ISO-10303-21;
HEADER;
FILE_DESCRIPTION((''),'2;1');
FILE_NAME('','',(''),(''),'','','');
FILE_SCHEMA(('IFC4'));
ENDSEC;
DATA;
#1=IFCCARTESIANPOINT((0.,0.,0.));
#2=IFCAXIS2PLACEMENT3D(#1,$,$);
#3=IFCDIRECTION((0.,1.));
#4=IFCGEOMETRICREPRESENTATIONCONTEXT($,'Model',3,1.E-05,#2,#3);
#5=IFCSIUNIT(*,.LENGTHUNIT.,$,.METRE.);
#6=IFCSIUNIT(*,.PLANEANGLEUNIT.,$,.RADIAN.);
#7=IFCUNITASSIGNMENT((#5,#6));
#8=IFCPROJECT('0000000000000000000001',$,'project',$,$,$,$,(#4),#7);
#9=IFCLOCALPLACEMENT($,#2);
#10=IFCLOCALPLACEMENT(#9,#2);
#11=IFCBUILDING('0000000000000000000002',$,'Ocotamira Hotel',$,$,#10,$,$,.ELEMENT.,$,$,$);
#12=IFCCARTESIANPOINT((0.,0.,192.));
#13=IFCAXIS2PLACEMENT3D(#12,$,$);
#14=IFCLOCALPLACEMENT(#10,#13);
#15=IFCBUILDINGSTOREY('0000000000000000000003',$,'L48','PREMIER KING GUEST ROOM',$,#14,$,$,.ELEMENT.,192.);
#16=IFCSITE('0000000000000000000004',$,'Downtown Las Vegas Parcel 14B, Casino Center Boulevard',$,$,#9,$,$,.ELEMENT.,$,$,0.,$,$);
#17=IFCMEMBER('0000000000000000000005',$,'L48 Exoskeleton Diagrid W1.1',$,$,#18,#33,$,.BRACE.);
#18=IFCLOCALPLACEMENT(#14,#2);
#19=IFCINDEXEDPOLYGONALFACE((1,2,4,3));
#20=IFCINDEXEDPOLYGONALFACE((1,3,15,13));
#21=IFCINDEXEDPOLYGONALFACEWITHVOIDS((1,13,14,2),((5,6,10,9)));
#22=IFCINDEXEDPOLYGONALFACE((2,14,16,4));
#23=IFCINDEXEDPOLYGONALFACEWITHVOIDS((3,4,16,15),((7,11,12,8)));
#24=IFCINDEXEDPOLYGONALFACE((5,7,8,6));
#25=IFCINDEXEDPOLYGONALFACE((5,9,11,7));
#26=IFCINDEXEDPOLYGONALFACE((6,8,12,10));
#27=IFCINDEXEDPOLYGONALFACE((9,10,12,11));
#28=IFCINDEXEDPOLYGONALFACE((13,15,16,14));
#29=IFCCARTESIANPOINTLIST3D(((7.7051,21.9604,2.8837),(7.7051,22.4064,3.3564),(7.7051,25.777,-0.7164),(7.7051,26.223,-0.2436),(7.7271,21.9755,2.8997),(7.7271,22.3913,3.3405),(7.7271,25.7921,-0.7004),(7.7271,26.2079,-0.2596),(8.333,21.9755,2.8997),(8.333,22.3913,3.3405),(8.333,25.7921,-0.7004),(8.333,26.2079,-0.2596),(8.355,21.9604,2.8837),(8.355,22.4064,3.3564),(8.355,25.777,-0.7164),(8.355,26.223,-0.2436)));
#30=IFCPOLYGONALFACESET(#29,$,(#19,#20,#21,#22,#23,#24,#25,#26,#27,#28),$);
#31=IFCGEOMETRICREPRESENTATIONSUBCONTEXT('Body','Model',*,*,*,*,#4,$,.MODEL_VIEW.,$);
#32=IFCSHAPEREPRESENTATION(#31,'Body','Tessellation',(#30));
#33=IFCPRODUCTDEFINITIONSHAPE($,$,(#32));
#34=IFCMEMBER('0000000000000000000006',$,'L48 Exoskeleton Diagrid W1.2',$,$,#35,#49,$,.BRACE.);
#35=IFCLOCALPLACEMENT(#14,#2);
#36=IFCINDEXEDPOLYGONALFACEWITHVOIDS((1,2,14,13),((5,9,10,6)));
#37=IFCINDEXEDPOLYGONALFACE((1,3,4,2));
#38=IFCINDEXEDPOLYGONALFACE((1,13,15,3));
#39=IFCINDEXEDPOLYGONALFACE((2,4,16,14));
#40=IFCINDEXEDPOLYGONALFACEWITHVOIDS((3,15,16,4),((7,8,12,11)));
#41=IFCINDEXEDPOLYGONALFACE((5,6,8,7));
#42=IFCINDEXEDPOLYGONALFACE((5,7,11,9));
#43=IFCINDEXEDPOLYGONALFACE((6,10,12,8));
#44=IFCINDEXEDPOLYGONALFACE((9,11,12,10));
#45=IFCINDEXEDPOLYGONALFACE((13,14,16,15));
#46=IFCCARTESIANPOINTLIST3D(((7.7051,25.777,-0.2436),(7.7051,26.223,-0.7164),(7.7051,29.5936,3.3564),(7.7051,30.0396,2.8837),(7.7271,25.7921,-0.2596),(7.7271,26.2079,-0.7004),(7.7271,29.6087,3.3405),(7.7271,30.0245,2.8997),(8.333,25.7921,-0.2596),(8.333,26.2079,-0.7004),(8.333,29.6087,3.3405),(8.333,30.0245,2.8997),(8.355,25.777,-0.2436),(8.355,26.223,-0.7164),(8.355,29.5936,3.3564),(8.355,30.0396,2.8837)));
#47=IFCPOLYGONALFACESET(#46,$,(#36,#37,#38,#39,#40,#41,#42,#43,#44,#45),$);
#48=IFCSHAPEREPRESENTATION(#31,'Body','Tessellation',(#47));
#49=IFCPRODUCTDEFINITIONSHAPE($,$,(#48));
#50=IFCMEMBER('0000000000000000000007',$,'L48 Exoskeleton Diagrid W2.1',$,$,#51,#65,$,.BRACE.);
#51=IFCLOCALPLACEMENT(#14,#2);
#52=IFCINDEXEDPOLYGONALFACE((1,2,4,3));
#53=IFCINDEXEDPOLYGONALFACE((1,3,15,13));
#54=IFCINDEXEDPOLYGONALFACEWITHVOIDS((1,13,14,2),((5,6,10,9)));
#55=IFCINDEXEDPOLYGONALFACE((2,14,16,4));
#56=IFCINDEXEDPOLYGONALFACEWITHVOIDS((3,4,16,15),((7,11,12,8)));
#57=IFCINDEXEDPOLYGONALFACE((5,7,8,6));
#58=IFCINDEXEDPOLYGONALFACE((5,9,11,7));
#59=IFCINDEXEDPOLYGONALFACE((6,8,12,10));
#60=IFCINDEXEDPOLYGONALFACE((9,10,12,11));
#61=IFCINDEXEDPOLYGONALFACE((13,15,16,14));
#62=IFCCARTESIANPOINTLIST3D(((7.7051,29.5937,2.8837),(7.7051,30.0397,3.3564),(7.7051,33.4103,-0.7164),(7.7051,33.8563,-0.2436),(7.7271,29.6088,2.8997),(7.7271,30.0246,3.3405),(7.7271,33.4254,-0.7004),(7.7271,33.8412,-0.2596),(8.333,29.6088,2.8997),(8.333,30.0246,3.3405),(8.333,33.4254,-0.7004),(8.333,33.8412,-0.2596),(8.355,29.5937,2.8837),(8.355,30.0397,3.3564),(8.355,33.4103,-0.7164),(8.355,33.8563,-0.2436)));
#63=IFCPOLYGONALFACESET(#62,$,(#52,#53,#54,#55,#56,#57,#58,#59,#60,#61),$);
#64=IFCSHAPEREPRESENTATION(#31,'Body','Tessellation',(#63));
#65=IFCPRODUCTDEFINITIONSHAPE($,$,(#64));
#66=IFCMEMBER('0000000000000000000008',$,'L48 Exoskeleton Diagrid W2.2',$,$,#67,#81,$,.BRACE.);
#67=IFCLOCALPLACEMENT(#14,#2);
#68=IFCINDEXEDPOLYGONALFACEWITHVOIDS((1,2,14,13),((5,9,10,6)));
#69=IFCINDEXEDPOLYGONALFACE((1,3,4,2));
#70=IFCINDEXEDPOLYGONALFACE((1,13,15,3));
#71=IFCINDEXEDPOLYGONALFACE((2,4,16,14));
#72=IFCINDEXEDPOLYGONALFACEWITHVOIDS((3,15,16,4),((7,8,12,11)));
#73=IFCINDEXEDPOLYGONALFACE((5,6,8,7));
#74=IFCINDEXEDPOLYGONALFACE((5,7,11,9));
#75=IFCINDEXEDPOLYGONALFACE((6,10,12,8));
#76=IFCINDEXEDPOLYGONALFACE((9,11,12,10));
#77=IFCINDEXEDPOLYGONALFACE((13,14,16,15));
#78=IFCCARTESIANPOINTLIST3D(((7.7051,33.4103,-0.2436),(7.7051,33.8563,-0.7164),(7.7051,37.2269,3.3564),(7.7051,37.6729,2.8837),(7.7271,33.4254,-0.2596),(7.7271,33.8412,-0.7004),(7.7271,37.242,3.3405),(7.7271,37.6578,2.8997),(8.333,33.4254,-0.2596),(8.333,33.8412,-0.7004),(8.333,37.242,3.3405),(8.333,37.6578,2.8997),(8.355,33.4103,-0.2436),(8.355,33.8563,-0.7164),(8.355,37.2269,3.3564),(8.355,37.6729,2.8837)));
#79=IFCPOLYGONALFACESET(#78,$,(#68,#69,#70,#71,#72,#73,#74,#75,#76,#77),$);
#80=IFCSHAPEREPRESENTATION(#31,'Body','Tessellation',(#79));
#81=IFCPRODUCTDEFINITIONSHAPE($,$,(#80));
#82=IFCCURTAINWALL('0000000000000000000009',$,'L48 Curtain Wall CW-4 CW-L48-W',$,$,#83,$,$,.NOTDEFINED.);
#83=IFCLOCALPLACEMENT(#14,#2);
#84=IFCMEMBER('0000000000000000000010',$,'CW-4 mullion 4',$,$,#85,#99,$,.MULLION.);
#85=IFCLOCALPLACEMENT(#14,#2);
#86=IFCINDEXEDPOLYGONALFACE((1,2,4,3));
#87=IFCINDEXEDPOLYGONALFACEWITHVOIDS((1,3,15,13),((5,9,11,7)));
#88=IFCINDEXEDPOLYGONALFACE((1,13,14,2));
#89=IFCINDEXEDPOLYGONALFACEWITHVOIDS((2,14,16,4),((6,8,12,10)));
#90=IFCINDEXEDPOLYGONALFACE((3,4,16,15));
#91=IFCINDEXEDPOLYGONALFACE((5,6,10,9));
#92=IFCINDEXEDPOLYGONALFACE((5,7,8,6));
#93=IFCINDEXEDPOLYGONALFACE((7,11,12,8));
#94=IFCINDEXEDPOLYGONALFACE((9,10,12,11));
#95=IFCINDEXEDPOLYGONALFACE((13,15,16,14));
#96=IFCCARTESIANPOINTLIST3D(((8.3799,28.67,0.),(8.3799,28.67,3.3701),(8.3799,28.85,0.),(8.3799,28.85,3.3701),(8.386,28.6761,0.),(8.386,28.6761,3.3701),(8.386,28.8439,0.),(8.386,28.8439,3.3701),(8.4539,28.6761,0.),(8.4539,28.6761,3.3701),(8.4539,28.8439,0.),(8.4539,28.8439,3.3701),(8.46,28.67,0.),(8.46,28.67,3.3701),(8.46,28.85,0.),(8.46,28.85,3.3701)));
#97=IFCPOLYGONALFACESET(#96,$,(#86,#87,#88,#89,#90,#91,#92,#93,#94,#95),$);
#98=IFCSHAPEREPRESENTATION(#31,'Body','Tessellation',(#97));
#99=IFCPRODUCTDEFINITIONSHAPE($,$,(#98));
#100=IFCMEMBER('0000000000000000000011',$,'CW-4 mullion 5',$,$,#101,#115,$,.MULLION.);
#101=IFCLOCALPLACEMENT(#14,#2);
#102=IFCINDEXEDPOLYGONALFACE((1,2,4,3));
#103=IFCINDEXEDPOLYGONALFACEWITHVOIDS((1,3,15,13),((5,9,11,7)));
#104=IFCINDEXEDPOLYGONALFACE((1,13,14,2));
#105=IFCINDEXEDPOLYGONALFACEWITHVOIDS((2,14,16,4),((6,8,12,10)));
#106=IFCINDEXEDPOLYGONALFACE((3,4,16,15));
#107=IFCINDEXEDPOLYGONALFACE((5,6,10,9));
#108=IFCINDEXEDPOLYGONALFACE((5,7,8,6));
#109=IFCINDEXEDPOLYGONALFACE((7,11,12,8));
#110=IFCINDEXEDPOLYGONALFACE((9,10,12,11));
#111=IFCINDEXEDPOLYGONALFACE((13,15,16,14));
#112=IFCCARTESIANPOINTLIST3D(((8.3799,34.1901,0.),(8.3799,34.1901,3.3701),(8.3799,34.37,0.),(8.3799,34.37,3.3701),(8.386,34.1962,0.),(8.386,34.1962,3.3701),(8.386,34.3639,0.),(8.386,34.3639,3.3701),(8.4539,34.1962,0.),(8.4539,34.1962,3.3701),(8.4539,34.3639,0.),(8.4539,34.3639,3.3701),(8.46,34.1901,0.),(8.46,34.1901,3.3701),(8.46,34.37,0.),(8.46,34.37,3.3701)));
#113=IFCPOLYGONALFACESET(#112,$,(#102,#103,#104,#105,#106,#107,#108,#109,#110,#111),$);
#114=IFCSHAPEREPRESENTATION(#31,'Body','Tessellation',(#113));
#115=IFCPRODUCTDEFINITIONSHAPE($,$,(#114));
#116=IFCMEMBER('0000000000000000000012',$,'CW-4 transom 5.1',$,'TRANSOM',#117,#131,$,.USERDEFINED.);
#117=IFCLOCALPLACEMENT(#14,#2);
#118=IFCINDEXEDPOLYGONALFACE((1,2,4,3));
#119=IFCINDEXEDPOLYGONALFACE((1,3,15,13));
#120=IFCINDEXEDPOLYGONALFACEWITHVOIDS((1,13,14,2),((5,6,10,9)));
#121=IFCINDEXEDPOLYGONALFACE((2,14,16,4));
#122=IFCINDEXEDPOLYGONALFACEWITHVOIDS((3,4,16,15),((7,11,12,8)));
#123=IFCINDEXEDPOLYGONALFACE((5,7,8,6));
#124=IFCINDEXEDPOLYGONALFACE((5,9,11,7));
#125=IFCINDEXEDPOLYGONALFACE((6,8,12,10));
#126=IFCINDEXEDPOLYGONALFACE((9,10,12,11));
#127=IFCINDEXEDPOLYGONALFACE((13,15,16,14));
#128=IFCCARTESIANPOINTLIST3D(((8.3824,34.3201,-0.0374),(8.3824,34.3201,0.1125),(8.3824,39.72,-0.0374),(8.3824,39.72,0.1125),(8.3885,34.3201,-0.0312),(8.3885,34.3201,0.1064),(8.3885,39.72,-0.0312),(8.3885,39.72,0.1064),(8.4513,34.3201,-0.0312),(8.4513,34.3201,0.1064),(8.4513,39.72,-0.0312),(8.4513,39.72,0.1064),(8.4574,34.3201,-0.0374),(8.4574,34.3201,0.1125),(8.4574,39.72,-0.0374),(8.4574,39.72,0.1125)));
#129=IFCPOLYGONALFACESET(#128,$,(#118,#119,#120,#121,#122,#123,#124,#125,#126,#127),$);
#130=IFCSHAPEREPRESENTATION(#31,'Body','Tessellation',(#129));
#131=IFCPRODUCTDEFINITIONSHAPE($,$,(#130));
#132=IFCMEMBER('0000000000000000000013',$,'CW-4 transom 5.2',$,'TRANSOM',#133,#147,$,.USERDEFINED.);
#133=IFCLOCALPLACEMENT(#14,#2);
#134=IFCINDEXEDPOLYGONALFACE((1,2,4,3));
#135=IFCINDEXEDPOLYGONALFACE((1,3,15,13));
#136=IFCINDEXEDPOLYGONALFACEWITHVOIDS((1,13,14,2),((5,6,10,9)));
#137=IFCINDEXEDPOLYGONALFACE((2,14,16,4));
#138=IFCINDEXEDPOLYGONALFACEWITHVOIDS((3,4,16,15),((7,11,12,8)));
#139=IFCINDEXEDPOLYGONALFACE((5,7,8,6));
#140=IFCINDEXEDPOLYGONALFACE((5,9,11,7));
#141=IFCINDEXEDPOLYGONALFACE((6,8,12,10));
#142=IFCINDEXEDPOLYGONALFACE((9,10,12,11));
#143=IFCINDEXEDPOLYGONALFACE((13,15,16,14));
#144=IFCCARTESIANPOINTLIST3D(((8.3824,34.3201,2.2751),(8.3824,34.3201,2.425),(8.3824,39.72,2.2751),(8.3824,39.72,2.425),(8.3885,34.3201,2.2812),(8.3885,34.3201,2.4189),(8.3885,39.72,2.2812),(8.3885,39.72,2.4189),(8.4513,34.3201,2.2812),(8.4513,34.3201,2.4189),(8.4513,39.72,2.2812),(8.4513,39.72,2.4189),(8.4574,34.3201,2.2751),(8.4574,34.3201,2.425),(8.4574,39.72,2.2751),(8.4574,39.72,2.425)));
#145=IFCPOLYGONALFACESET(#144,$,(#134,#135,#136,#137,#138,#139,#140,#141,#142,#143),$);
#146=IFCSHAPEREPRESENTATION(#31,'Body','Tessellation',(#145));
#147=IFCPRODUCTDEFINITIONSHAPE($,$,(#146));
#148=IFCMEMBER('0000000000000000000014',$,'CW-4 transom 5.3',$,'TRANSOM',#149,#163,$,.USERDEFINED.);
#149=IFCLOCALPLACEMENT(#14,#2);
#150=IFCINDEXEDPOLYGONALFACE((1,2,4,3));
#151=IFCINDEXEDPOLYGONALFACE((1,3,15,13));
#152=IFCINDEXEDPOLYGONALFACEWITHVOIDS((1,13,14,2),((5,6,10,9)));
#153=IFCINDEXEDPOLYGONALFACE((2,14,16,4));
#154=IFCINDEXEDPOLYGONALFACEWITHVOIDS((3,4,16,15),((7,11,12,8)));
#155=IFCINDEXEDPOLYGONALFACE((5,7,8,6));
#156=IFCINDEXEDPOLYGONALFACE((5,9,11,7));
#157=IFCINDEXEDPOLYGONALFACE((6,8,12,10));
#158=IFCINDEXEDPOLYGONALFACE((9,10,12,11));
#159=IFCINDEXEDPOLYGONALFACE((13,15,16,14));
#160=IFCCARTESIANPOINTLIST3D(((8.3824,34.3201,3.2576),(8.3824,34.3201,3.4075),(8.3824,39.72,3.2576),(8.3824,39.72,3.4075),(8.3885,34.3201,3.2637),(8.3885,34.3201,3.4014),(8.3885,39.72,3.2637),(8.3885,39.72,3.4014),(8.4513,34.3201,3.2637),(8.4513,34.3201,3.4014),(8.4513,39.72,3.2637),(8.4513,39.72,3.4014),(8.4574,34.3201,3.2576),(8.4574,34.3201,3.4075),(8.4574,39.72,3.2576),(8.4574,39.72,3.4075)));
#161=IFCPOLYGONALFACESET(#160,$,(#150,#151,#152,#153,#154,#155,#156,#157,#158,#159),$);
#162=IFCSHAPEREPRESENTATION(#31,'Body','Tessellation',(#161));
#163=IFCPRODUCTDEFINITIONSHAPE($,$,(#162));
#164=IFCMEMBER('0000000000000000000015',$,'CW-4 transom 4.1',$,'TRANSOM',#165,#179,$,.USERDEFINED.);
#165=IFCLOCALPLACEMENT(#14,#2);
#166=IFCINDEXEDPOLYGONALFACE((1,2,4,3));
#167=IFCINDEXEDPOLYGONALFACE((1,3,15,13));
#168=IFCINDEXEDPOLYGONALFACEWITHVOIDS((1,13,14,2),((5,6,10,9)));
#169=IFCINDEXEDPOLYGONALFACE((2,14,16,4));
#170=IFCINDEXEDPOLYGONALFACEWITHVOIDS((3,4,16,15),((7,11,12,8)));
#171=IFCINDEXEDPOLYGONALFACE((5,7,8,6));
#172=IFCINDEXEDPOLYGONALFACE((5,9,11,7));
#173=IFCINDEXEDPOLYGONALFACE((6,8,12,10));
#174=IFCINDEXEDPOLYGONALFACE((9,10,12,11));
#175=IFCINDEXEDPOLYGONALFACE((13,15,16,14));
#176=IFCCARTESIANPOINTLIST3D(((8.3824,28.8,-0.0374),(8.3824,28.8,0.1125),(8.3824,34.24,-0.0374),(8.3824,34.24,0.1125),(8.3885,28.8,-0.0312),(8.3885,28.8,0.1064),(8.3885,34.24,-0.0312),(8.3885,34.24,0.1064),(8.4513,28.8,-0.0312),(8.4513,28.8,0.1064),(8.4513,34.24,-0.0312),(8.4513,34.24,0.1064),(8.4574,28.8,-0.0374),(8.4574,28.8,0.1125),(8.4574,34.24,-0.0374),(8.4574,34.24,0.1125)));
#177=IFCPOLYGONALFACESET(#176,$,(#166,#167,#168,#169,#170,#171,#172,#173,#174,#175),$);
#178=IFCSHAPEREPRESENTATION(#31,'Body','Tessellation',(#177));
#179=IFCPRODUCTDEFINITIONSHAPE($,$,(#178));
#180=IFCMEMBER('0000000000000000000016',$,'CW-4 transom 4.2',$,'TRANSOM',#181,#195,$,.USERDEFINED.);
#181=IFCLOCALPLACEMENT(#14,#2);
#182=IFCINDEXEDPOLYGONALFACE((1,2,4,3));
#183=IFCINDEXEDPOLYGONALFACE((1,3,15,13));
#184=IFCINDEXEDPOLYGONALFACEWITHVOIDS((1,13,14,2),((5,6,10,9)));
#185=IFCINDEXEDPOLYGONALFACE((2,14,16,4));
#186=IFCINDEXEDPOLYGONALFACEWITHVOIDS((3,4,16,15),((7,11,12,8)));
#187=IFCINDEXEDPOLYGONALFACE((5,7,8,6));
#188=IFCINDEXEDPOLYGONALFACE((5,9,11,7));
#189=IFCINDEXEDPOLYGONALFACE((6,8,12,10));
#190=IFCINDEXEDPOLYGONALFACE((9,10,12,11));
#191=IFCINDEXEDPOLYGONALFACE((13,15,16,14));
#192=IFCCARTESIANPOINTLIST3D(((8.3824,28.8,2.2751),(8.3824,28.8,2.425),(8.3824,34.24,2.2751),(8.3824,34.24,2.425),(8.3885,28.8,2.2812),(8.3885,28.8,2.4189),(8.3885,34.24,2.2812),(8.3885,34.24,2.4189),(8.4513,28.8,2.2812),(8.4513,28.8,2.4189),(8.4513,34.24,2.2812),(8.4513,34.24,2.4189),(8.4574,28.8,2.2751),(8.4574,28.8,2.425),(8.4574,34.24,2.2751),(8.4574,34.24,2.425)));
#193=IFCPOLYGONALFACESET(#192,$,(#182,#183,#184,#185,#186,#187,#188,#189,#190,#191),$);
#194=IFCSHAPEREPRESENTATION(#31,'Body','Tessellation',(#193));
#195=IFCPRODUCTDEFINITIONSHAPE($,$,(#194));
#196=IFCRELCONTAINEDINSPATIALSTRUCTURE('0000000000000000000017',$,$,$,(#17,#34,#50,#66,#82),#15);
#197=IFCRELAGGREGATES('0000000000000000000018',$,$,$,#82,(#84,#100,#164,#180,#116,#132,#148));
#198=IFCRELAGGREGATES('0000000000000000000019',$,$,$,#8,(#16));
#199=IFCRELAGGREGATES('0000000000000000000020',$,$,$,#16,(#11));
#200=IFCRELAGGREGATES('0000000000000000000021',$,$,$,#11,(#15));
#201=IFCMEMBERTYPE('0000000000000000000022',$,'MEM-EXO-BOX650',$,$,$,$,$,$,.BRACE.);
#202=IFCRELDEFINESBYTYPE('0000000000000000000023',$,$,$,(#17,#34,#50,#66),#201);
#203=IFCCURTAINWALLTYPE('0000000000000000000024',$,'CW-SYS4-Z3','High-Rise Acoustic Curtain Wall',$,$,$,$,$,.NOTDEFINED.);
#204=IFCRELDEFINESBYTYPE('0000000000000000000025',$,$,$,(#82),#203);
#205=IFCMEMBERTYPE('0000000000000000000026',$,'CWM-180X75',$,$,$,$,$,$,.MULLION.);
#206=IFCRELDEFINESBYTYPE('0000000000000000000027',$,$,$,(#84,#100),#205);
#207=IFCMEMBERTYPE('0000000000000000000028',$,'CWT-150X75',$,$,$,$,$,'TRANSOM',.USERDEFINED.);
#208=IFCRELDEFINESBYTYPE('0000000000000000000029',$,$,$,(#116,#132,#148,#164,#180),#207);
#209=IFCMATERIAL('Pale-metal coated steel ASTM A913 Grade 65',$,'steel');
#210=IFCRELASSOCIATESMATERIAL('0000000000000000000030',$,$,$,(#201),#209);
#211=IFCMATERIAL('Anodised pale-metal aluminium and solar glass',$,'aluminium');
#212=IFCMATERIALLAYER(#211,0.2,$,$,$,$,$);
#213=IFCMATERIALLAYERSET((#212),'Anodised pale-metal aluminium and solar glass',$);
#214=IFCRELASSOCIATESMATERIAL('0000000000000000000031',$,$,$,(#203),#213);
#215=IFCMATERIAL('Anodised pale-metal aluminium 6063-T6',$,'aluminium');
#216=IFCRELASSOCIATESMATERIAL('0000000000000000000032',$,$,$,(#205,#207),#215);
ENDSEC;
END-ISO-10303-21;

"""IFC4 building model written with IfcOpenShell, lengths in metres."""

from ifc_helpers import new_model, si_unit, direction, frame, origin, origin_2d, place, context, subcontext, project, spatial, hollow_rectangle, extrude, source, transform, mapped, material, layer, layer_set, material_profile, profile_set, type_object, element, aggregate, save


model = new_model("IFC4")

# Units and contexts
model_context = context("Model", 3, precision=1e-05, world=origin(), true_north=direction((0.0, 1.0)))
body_context = subcontext(model_context, "Body", "Model", "MODEL_VIEW")
ifc_project = project(units=[si_unit("LENGTHUNIT", "METRE"), si_unit("PLANEANGLEUNIT", "RADIAN")], contexts=[model_context])

# Site, building, storey
site_placement = place(None, origin())
site = spatial("IfcSite", under=ifc_project, at=site_placement, Name="Downtown Las Vegas Parcel 14B, Casino Center Boulevard", CompositionType="ELEMENT", RefElevation=0.0)
building_placement = place(site_placement, origin())
building = spatial("IfcBuilding", under=site, at=building_placement, Name="Ocotamira Hotel", CompositionType="ELEMENT")
storey_placement = place(building_placement, frame((0.0, 0.0, 192.0)))
storey = spatial("IfcBuildingStorey", under=building, at=storey_placement, Name="L48", Description="PREMIER KING GUEST ROOM", CompositionType="ELEMENT", Elevation=192.0)

# Members
ifc_material_1 = material(Name="Pale-metal coated steel ASTM A913 Grade 65", Category="steel")
ifc_material_profile_1 = material_profile(ifc_material_1, hollow_rectangle(XDim=0.6499, YDim=0.6499, WallThickness=0.022, at=origin_2d()), Name="BOX650X650X22")
ifc_profile_set_1 = profile_set([ifc_material_profile_1], Name="Pale-metal coated steel ASTM A913 Grade 65")
member_type_1 = type_object("IfcMemberType", Name="MEM-EXO-BOX650", PredefinedType="BRACE", material=ifc_profile_set_1)
shared_shape_1 = source(origin(), body_context, "Body", "SweptSolid", [
    extrude(hollow_rectangle(XDim=0.6499, YDim=0.6499, WallThickness=0.022, at=origin_2d()), origin(), (0.0, 0.0, 1.0), 5.2466),
])
for number, where, z_axis, x_axis, name in (
    (1, (8.03, 26.0, -0.48), (0.0, -0.727443, 0.686168), (1.0, 0.0, 0.0), "L48 Exoskeleton Diagrid W1.1"),
    (2, (8.03, 26.0, -0.48), (0.0, 0.727443, 0.686168), (-1.0, 0.0, 0.0), "L48 Exoskeleton Diagrid W1.2"),
    (3, (8.03, 33.6333, -0.48), (0.0, -0.727443, 0.686168), (1.0, 0.0, 0.0), "L48 Exoskeleton Diagrid W2.1"),
    (4, (8.03, 33.6333, -0.48), (0.0, 0.727443, 0.686168), (-1.0, 0.0, 0.0), "L48 Exoskeleton Diagrid W2.2"),
):
    element("IfcMember", number, at=place(storey_placement, frame(where, z_axis=z_axis, x_axis=x_axis)), inside=storey, type_object=member_type_1, Name=name, PredefinedType="BRACE", context=body_context, shape_type="MappedRepresentation", body=[
        mapped(shared_shape_1, transform((0.0, 0.0, 0.0), scale=1.0)),
    ])

# Curtain wall, members
ifc_material_2 = material(Name="Anodised pale-metal aluminium and solar glass", Category="aluminium")
ifc_layer_1 = layer(ifc_material_2, 0.2)
ifc_layer_set_1 = layer_set([ifc_layer_1], Name="Anodised pale-metal aluminium and solar glass")
curtain_wall_type = type_object("IfcCurtainWallType", Name="CW-SYS4-Z3", Description="High-Rise Acoustic Curtain Wall", PredefinedType="NOTDEFINED", material=ifc_layer_set_1)
curtain_wall_placement = place(storey_placement, origin())
curtain_wall = element("IfcCurtainWall", 5, at=curtain_wall_placement, inside=storey, type_object=curtain_wall_type, Name="L48 Curtain Wall CW-4 CW-L48-W", PredefinedType="NOTDEFINED")
ifc_material_3 = material(Name="Anodised pale-metal aluminium 6063-T6", Category="aluminium")
ifc_material_profile_2 = material_profile(ifc_material_3, hollow_rectangle(XDim=0.0801, YDim=0.1799, WallThickness=0.0061, at=origin_2d()), Name="HSS180X80X6")
ifc_profile_set_2 = profile_set([ifc_material_profile_2], Name="Anodised pale-metal aluminium 6063-T6")
member_type_2 = type_object("IfcMemberType", Name="CWM-180X75", PredefinedType="MULLION", material=ifc_profile_set_2)
shared_shape_2 = source(origin(), body_context, "Body", "SweptSolid", [
    extrude(hollow_rectangle(XDim=0.0801, YDim=0.1799, WallThickness=0.0061, at=origin_2d()), origin(), (0.0, 0.0, 1.0), 3.3701),
])
member_1_placement = place(storey_placement, frame((8.4199, 28.76, 0.0), z_axis=(0.0, 0.0, 1.0), x_axis=(-1.0, 0.0, 0.0)))
member_1 = element("IfcMember", 6, at=member_1_placement, type_object=member_type_2, Name="CW-4 mullion 4", PredefinedType="MULLION", context=body_context, shape_type="MappedRepresentation", body=[
    mapped(shared_shape_2, transform((0.0, 0.0, 0.0), scale=1.0)),
])
member_2_placement = place(storey_placement, frame((8.4199, 34.28, 0.0), z_axis=(0.0, 0.0, 1.0), x_axis=(-1.0, 0.0, 0.0)))
member_2 = element("IfcMember", 7, at=member_2_placement, type_object=member_type_2, Name="CW-4 mullion 5", PredefinedType="MULLION", context=body_context, shape_type="MappedRepresentation", body=[
    mapped(shared_shape_2, transform((0.0, 0.0, 0.0), scale=1.0)),
])
ifc_material_profile_3 = material_profile(ifc_material_3, hollow_rectangle(XDim=0.075, YDim=0.1499, WallThickness=0.0061, at=origin_2d()), Name="HSS150X75X6")
ifc_profile_set_3 = profile_set([ifc_material_profile_3], Name="Anodised pale-metal aluminium 6063-T6")
member_type_3 = type_object("IfcMemberType", Name="CWT-150X75", ElementType="TRANSOM", PredefinedType="USERDEFINED", material=ifc_profile_set_3)
shared_shape_3 = source(origin(), body_context, "Body", "SweptSolid", [
    extrude(hollow_rectangle(XDim=0.075, YDim=0.1499, WallThickness=0.0061, at=origin_2d()), origin(), (0.0, 0.0, 1.0), 5.3999),
])
member_3_placement = place(storey_placement, frame((8.4199, 34.3201, 0.0376), z_axis=(0.0, 1.0, 0.0), x_axis=(-1.0, 0.0, 0.0)))
member_3 = element("IfcMember", 8, at=member_3_placement, type_object=member_type_3, Name="CW-4 transom 5.1", ObjectType="TRANSOM", PredefinedType="USERDEFINED", context=body_context, shape_type="MappedRepresentation", body=[
    mapped(shared_shape_3, transform((0.0, 0.0, 0.0), scale=1.0)),
])
member_4_placement = place(storey_placement, frame((8.4199, 34.3201, 2.3501), z_axis=(0.0, 1.0, 0.0), x_axis=(-1.0, 0.0, 0.0)))
member_4 = element("IfcMember", 9, at=member_4_placement, type_object=member_type_3, Name="CW-4 transom 5.2", ObjectType="TRANSOM", PredefinedType="USERDEFINED", context=body_context, shape_type="MappedRepresentation", body=[
    mapped(shared_shape_3, transform((0.0, 0.0, 0.0), scale=1.0)),
])
member_5_placement = place(storey_placement, frame((8.4199, 34.3201, 3.3325), z_axis=(0.0, 1.0, 0.0), x_axis=(-1.0, 0.0, 0.0)))
member_5 = element("IfcMember", 10, at=member_5_placement, type_object=member_type_3, Name="CW-4 transom 5.3", ObjectType="TRANSOM", PredefinedType="USERDEFINED", context=body_context, shape_type="MappedRepresentation", body=[
    mapped(shared_shape_3, transform((0.0, 0.0, 0.0), scale=1.0)),
])
shared_shape_4 = source(origin(), body_context, "Body", "SweptSolid", [
    extrude(hollow_rectangle(XDim=0.075, YDim=0.1499, WallThickness=0.0061, at=origin_2d()), origin(), (0.0, 0.0, 1.0), 5.4399),
])
member_6_placement = place(storey_placement, frame((8.4199, 28.8, 0.0376), z_axis=(0.0, 1.0, 0.0), x_axis=(-1.0, 0.0, 0.0)))
member_6 = element("IfcMember", 11, at=member_6_placement, type_object=member_type_3, Name="CW-4 transom 4.1", ObjectType="TRANSOM", PredefinedType="USERDEFINED", context=body_context, shape_type="MappedRepresentation", body=[
    mapped(shared_shape_4, transform((0.0, 0.0, 0.0), scale=1.0)),
])
member_7_placement = place(storey_placement, frame((8.4199, 28.8, 2.3501), z_axis=(0.0, 1.0, 0.0), x_axis=(-1.0, 0.0, 0.0)))
member_7 = element("IfcMember", 12, at=member_7_placement, type_object=member_type_3, Name="CW-4 transom 4.2", ObjectType="TRANSOM", PredefinedType="USERDEFINED", context=body_context, shape_type="MappedRepresentation", body=[
    mapped(shared_shape_4, transform((0.0, 0.0, 0.0), scale=1.0)),
])

aggregate(curtain_wall, [member_1, member_2, member_6, member_7, member_3, member_4, member_5])

save(model, "model.ifc")
